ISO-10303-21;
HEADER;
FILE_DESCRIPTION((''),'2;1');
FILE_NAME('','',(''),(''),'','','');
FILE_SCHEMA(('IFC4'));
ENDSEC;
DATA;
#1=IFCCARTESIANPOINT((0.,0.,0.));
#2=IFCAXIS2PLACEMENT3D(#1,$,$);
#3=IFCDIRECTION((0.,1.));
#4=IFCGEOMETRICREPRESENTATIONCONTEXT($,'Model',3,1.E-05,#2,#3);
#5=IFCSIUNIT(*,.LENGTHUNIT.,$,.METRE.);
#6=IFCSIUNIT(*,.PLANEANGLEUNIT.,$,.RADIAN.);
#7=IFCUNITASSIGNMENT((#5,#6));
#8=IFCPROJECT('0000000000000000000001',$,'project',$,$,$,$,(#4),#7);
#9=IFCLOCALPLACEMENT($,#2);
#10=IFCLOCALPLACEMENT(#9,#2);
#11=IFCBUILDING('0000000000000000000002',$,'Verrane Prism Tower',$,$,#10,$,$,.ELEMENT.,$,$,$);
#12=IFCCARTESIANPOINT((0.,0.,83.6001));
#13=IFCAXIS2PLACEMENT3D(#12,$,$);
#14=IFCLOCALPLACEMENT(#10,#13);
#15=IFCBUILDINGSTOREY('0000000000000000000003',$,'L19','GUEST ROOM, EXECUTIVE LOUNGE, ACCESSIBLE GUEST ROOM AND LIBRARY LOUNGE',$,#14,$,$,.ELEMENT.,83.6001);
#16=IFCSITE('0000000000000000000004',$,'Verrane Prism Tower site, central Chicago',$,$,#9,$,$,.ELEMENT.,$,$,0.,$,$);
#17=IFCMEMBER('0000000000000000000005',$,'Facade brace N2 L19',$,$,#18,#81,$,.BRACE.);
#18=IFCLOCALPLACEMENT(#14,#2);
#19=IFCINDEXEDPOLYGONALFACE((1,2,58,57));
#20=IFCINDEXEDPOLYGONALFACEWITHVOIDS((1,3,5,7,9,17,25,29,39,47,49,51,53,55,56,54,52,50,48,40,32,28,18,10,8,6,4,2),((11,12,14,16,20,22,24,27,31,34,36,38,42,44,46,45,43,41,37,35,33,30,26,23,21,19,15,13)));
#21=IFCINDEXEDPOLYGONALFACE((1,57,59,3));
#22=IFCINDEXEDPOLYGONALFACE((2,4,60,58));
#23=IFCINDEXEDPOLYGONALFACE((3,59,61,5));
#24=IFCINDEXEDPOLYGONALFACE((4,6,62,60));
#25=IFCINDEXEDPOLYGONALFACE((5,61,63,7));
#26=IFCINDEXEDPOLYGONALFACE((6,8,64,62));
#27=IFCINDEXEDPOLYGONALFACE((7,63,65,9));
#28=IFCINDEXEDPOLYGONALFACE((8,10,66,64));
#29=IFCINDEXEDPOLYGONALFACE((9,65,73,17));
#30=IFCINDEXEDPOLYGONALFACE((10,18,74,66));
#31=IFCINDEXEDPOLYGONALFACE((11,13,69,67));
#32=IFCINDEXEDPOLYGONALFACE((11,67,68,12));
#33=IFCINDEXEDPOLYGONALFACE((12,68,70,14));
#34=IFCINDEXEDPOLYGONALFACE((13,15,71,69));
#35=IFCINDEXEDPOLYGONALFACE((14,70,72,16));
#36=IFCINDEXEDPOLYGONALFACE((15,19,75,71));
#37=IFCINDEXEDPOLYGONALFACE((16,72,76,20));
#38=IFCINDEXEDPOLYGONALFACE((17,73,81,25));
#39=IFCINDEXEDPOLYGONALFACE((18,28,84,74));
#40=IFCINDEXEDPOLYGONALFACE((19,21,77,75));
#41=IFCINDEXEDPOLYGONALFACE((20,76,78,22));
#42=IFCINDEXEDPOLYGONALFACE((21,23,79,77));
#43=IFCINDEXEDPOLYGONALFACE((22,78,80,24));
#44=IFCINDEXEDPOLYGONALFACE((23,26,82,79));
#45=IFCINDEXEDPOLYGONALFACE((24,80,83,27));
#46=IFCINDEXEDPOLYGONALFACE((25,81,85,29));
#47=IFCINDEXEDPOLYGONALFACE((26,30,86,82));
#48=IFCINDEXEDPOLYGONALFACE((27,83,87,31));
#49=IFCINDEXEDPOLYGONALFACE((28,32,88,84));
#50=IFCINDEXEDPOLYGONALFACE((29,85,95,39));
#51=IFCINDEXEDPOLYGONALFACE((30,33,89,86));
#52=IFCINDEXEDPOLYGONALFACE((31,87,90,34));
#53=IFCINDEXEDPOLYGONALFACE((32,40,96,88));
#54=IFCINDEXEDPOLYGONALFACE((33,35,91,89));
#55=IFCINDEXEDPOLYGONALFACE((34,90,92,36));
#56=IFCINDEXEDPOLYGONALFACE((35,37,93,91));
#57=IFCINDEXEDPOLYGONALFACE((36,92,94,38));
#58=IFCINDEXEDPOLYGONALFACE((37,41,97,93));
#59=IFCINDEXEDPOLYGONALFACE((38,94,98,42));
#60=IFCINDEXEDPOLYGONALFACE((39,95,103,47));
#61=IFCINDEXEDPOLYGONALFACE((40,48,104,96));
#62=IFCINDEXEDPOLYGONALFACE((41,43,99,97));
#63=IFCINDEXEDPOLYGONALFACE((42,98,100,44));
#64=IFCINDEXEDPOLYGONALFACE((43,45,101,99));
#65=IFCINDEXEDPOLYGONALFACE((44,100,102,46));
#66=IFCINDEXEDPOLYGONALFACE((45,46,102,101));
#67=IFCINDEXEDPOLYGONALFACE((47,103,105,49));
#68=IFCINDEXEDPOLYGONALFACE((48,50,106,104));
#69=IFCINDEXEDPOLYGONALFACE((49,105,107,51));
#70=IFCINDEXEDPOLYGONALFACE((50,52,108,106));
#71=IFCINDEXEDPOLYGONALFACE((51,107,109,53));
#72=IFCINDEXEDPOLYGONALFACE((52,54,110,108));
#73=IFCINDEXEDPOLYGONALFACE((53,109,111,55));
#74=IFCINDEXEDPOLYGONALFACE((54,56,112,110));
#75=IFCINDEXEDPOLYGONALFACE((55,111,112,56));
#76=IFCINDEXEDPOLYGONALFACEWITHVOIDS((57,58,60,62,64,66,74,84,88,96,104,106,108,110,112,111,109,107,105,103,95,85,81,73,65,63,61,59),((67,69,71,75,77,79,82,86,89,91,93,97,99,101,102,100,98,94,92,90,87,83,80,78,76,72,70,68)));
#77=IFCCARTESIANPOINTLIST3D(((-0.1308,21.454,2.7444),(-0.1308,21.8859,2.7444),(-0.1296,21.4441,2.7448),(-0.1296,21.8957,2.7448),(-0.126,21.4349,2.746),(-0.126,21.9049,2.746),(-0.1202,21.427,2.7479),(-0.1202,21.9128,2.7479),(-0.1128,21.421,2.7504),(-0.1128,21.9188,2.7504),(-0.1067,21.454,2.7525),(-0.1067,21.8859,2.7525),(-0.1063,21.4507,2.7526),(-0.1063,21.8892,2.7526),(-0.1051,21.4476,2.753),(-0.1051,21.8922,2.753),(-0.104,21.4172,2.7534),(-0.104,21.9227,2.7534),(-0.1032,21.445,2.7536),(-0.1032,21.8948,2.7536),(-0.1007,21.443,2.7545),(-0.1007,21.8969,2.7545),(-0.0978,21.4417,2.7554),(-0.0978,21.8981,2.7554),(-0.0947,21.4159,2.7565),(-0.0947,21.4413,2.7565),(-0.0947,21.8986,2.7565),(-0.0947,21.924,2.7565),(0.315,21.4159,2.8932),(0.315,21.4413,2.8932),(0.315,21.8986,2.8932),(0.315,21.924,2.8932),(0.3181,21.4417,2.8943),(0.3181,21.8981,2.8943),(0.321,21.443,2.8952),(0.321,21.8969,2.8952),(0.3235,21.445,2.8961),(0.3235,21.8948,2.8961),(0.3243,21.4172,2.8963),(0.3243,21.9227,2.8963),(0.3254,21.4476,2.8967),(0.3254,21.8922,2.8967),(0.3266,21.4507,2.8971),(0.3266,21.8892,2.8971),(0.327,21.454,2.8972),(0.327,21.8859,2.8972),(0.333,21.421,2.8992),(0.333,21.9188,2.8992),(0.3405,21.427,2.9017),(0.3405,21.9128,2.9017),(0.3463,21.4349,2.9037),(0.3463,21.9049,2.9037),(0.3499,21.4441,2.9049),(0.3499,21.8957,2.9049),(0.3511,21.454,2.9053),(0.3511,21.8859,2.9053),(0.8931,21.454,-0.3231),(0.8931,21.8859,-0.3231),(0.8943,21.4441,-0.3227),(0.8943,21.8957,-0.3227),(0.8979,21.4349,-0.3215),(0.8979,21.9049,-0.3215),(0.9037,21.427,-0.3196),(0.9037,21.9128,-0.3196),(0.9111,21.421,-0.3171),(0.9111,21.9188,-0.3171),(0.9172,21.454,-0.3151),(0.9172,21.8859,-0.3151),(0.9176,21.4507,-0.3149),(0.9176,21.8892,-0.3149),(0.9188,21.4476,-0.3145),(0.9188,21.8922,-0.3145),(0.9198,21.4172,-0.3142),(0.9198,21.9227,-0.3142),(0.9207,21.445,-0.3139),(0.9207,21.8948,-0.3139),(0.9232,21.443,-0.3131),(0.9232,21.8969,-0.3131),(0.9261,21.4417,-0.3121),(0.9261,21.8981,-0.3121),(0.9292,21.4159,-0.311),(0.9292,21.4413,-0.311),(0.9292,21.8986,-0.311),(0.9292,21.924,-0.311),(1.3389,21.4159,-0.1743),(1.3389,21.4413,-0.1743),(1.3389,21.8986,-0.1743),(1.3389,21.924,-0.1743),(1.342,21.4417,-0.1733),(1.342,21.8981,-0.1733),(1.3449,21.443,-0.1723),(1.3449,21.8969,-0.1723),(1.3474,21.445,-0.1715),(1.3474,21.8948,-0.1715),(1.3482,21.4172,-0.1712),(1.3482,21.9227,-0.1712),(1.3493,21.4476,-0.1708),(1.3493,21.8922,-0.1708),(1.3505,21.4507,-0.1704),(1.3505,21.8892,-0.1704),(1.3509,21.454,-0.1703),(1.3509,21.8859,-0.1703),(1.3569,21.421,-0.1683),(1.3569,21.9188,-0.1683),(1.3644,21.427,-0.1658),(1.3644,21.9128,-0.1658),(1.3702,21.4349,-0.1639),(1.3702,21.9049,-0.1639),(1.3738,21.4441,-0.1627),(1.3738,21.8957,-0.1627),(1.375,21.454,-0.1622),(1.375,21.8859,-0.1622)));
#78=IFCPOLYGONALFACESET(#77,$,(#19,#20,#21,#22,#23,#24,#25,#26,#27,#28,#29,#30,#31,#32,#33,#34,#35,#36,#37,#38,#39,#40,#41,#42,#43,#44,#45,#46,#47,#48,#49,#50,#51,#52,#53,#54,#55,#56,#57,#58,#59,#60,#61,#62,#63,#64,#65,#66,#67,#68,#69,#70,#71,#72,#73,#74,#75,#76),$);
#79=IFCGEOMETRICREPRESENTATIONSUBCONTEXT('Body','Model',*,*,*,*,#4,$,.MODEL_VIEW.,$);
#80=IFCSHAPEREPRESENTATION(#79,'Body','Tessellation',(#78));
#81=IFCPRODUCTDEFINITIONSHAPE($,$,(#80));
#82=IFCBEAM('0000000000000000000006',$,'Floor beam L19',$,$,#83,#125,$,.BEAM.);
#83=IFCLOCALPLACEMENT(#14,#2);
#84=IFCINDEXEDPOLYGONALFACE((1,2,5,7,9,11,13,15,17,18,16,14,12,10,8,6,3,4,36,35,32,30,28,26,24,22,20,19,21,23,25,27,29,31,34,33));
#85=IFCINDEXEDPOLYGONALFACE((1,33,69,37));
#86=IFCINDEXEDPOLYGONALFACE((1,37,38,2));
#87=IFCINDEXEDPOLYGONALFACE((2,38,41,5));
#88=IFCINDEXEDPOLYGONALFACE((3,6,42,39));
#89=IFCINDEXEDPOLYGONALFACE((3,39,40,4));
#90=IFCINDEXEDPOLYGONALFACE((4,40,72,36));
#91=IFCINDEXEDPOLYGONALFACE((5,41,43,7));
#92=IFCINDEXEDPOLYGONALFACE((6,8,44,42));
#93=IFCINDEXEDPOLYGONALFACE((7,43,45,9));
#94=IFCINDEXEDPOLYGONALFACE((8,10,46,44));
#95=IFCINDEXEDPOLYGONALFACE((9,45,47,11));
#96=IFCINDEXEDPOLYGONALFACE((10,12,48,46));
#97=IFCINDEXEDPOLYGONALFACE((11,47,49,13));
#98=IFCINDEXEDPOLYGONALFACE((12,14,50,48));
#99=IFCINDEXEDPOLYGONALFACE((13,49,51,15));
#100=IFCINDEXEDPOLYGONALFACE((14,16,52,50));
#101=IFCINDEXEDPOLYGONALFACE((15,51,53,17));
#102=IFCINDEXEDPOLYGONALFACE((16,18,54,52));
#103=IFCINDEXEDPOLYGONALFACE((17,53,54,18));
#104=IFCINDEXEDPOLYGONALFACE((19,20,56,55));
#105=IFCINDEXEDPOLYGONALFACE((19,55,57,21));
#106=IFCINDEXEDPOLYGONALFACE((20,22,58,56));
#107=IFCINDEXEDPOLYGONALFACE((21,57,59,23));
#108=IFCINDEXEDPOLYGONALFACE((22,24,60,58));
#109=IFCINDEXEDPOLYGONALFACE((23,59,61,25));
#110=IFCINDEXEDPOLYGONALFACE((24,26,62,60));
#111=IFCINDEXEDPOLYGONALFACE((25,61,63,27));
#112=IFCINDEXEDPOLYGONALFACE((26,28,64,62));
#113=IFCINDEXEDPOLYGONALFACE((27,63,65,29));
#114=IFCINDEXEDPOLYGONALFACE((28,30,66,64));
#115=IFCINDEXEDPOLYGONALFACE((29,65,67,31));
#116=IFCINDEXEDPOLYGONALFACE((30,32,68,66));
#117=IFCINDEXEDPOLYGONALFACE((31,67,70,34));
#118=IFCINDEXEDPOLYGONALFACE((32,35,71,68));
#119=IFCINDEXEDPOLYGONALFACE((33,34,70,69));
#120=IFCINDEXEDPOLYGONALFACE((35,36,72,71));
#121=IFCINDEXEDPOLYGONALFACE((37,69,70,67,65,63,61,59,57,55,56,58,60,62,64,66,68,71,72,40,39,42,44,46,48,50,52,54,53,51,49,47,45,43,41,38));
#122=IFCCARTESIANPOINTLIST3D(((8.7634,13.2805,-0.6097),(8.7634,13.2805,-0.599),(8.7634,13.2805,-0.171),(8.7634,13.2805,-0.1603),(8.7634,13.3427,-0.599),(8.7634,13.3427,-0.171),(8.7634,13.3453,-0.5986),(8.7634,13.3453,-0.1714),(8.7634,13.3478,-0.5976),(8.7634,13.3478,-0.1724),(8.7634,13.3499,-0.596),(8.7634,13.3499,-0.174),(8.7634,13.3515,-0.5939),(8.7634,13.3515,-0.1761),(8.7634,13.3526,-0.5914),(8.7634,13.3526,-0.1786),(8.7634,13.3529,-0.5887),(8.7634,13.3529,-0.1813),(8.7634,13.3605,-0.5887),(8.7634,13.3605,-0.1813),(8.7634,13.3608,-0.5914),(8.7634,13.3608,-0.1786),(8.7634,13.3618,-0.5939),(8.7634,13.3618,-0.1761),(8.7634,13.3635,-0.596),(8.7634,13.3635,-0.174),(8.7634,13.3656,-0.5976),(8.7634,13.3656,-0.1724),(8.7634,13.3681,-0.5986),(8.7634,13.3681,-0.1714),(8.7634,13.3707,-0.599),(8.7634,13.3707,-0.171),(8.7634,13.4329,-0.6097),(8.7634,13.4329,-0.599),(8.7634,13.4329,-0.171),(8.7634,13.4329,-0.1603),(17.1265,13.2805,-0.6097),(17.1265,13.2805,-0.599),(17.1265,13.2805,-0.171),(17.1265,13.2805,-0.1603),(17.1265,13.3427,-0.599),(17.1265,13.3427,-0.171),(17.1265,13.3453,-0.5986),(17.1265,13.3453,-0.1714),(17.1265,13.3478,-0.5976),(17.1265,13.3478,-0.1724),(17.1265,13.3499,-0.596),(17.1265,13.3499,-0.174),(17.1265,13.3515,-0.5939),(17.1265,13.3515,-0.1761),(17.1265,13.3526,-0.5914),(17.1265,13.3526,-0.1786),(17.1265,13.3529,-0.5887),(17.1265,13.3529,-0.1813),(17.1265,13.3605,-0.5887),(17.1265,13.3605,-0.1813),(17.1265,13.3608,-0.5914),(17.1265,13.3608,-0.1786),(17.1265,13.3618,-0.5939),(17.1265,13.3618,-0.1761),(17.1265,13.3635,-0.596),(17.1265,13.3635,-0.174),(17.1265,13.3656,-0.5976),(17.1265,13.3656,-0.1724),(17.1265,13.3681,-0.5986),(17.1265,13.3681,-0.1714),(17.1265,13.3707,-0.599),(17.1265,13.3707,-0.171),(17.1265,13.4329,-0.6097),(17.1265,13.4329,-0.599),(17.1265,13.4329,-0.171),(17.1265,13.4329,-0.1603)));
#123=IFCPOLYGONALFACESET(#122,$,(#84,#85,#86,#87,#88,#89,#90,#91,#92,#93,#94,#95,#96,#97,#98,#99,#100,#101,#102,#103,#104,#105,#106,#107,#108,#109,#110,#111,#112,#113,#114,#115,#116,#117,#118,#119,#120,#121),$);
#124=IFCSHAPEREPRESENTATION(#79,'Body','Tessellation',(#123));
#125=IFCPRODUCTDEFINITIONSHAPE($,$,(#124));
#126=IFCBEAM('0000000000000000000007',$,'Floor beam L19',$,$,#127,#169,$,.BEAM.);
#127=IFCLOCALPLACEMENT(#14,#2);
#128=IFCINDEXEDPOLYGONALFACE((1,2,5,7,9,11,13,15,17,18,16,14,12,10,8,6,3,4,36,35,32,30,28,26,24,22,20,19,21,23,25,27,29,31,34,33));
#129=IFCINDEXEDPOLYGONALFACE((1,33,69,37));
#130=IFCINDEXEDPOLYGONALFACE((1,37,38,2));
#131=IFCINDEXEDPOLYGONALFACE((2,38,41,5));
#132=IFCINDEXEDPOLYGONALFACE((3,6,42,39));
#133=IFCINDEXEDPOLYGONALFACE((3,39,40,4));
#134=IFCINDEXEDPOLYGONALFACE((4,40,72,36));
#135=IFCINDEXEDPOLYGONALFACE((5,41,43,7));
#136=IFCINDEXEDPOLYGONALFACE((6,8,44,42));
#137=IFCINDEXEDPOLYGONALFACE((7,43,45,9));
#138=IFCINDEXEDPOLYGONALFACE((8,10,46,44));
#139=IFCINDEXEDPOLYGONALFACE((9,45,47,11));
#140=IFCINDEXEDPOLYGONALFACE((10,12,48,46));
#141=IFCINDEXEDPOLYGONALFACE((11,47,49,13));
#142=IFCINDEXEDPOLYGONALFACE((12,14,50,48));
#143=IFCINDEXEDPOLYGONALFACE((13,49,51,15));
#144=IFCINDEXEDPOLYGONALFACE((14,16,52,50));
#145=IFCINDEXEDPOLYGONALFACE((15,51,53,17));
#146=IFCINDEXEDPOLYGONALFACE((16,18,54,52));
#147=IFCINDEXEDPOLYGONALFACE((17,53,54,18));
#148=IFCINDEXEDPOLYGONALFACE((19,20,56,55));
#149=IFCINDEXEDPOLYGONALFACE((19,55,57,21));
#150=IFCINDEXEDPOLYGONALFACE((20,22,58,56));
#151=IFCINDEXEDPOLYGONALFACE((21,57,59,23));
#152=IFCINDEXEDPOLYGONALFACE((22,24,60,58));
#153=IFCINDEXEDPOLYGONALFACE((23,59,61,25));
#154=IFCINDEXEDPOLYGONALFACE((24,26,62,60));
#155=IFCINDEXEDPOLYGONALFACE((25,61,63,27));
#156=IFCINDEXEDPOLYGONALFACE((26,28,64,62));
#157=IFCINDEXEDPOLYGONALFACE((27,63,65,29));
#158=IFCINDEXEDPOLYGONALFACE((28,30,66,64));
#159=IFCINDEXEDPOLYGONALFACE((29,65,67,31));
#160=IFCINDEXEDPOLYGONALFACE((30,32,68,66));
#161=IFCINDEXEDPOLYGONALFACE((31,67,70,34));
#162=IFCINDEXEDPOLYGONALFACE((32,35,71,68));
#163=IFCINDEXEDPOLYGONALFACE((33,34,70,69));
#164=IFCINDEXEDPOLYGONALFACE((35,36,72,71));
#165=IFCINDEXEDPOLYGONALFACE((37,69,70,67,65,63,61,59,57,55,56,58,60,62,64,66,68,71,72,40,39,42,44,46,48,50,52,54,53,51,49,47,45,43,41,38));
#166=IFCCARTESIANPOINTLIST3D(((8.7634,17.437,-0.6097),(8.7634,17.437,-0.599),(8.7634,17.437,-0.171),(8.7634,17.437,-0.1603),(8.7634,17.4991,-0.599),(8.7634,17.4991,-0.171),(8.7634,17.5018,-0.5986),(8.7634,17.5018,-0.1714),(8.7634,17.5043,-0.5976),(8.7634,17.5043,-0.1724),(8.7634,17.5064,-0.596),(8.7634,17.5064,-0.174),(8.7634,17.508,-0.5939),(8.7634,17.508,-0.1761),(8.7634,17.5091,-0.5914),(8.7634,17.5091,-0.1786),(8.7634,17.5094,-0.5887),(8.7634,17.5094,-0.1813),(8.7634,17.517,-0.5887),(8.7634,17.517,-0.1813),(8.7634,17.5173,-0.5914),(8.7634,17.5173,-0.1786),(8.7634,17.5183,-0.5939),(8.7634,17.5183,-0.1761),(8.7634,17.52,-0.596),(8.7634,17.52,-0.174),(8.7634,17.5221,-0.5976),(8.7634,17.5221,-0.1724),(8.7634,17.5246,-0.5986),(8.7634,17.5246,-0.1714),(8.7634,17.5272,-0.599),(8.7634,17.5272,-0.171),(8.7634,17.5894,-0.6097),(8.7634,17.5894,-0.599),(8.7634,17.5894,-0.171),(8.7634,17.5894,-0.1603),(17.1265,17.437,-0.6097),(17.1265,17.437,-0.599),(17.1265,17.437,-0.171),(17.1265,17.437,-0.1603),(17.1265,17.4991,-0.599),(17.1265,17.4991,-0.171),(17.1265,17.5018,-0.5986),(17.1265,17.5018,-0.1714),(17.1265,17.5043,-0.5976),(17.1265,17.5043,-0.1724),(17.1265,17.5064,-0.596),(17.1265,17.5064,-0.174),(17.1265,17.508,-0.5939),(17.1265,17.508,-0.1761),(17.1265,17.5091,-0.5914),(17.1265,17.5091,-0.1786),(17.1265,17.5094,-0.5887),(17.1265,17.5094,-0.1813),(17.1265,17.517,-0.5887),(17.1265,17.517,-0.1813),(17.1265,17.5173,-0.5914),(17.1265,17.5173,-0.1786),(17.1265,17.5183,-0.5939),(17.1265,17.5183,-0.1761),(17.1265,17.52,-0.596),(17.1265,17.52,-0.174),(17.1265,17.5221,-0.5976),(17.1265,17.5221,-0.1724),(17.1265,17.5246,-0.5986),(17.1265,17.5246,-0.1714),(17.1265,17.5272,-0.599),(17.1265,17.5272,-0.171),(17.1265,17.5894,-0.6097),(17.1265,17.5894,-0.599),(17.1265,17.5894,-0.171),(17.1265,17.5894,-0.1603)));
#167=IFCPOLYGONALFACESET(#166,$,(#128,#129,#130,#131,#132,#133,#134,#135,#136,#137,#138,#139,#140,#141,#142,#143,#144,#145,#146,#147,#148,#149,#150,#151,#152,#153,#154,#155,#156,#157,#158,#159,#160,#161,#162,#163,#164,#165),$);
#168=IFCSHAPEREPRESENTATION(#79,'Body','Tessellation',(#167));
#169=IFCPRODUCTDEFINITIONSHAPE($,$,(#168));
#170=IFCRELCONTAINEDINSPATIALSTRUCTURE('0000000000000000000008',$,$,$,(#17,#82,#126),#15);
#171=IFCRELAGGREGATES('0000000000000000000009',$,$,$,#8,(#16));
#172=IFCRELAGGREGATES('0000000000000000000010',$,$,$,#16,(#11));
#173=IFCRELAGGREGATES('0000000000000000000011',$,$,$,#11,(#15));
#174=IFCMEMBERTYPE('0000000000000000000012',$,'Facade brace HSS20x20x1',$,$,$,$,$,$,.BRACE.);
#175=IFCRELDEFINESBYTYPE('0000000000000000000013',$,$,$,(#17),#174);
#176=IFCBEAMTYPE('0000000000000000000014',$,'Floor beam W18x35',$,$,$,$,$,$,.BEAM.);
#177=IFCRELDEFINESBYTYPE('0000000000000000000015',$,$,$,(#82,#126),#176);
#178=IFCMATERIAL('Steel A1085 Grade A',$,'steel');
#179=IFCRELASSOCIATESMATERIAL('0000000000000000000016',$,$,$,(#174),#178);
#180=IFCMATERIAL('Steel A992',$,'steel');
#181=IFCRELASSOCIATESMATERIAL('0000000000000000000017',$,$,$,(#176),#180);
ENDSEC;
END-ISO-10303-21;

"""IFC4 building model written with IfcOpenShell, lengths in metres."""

from ifc_helpers import new_model, si_unit, direction, frame, origin, origin_2d, place, context, subcontext, project, spatial, hollow_rectangle, i_section, extrude, material, material_profile, profile_set, type_object, element, save


model = new_model("IFC4")

# Units and contexts
model_context = context("Model", 3, precision=1e-05, world=origin(), true_north=direction((0.0, 1.0)))
body_context = subcontext(model_context, "Body", "Model", "MODEL_VIEW")
ifc_project = project(units=[si_unit("LENGTHUNIT", "METRE"), si_unit("PLANEANGLEUNIT", "RADIAN")], contexts=[model_context])

# Site, building, storey
site_placement = place(None, origin())
site = spatial("IfcSite", under=ifc_project, at=site_placement, Name="Verrane Prism Tower site, central Chicago", CompositionType="ELEMENT", RefElevation=0.0)
building_placement = place(site_placement, origin())
building = spatial("IfcBuilding", under=site, at=building_placement, Name="Verrane Prism Tower", CompositionType="ELEMENT")
storey_placement = place(building_placement, frame((0.0, 0.0, 83.6001)))
storey = spatial("IfcBuildingStorey", under=building, at=storey_placement, Name="L19", Description="GUEST ROOM, EXECUTIVE LOUNGE, ACCESSIBLE GUEST ROOM AND LIBRARY LOUNGE", CompositionType="ELEMENT", Elevation=83.6001)

# Member
ifc_material_1 = material(Name="Steel A1085 Grade A", Category="steel")
ifc_material_profile_1 = material_profile(ifc_material_1, hollow_rectangle(XDim=0.5081, YDim=0.5081, WallThickness=0.0254, InnerFilletRadius=0.0127, OuterFilletRadius=0.0381, at=origin_2d()), Name="HSS20x20x1")
ifc_profile_set_1 = profile_set([ifc_material_profile_1], Name="Steel A1085 Grade A")
member_type_1 = type_object("IfcMemberType", Name="Facade brace HSS20x20x1", PredefinedType="BRACE", material=ifc_profile_set_1)
member_1_placement = place(storey_placement, frame((1.134, 21.6699, -0.2427), z_axis=(-0.316613, 0.0, 0.948555), x_axis=(0.0, -1.0, 0.0)))
element("IfcMember", 1, at=member_1_placement, inside=storey, type_object=member_type_1, Name="Facade brace N2 L19", PredefinedType="BRACE", context=body_context, shape_type="SweptSolid", body=[
    extrude(hollow_rectangle(XDim=0.5081, YDim=0.5081, WallThickness=0.0254, InnerFilletRadius=0.0127, OuterFilletRadius=0.0381, at=origin_2d()), origin(), (0.0, 0.0, 1.0), 3.2339),
])

# Beams
ifc_material_2 = material(Name="Steel A992", Category="steel")
ifc_material_profile_2 = material_profile(ifc_material_2, i_section(OverallWidth=0.1523, OverallDepth=0.4495, WebThickness=0.0076, FlangeThickness=0.0107, FilletRadius=0.0103, at=origin_2d()), Name="W18x35")
ifc_profile_set_2 = profile_set([ifc_material_profile_2], Name="Steel A992")
beam_type_1 = type_object("IfcBeamType", Name="Floor beam W18x35", PredefinedType="BEAM", material=ifc_profile_set_2)
for number, where, z_axis, x_axis, name in (
    (2, (8.7634, 13.3567, -0.385), (1.0, 0.0, 0.0), (0.0, 1.0, 0.0), "Floor beam L19"),
    (3, (8.7634, 17.5132, -0.385), (1.0, 0.0, 0.0), (0.0, 1.0, 0.0), "Floor beam L19"),
):
    element("IfcBeam", number, at=place(storey_placement, frame(where, z_axis=z_axis, x_axis=x_axis)), inside=storey, type_object=beam_type_1, Name=name, PredefinedType="BEAM", context=body_context, shape_type="SweptSolid", body=[
        extrude(i_section(OverallWidth=0.1523, OverallDepth=0.4495, WebThickness=0.0076, FlangeThickness=0.0107, FilletRadius=0.0103, at=origin_2d()), origin(), (0.0, 0.0, 1.0), 8.363),
    ])

save(model, "model.ifc")
